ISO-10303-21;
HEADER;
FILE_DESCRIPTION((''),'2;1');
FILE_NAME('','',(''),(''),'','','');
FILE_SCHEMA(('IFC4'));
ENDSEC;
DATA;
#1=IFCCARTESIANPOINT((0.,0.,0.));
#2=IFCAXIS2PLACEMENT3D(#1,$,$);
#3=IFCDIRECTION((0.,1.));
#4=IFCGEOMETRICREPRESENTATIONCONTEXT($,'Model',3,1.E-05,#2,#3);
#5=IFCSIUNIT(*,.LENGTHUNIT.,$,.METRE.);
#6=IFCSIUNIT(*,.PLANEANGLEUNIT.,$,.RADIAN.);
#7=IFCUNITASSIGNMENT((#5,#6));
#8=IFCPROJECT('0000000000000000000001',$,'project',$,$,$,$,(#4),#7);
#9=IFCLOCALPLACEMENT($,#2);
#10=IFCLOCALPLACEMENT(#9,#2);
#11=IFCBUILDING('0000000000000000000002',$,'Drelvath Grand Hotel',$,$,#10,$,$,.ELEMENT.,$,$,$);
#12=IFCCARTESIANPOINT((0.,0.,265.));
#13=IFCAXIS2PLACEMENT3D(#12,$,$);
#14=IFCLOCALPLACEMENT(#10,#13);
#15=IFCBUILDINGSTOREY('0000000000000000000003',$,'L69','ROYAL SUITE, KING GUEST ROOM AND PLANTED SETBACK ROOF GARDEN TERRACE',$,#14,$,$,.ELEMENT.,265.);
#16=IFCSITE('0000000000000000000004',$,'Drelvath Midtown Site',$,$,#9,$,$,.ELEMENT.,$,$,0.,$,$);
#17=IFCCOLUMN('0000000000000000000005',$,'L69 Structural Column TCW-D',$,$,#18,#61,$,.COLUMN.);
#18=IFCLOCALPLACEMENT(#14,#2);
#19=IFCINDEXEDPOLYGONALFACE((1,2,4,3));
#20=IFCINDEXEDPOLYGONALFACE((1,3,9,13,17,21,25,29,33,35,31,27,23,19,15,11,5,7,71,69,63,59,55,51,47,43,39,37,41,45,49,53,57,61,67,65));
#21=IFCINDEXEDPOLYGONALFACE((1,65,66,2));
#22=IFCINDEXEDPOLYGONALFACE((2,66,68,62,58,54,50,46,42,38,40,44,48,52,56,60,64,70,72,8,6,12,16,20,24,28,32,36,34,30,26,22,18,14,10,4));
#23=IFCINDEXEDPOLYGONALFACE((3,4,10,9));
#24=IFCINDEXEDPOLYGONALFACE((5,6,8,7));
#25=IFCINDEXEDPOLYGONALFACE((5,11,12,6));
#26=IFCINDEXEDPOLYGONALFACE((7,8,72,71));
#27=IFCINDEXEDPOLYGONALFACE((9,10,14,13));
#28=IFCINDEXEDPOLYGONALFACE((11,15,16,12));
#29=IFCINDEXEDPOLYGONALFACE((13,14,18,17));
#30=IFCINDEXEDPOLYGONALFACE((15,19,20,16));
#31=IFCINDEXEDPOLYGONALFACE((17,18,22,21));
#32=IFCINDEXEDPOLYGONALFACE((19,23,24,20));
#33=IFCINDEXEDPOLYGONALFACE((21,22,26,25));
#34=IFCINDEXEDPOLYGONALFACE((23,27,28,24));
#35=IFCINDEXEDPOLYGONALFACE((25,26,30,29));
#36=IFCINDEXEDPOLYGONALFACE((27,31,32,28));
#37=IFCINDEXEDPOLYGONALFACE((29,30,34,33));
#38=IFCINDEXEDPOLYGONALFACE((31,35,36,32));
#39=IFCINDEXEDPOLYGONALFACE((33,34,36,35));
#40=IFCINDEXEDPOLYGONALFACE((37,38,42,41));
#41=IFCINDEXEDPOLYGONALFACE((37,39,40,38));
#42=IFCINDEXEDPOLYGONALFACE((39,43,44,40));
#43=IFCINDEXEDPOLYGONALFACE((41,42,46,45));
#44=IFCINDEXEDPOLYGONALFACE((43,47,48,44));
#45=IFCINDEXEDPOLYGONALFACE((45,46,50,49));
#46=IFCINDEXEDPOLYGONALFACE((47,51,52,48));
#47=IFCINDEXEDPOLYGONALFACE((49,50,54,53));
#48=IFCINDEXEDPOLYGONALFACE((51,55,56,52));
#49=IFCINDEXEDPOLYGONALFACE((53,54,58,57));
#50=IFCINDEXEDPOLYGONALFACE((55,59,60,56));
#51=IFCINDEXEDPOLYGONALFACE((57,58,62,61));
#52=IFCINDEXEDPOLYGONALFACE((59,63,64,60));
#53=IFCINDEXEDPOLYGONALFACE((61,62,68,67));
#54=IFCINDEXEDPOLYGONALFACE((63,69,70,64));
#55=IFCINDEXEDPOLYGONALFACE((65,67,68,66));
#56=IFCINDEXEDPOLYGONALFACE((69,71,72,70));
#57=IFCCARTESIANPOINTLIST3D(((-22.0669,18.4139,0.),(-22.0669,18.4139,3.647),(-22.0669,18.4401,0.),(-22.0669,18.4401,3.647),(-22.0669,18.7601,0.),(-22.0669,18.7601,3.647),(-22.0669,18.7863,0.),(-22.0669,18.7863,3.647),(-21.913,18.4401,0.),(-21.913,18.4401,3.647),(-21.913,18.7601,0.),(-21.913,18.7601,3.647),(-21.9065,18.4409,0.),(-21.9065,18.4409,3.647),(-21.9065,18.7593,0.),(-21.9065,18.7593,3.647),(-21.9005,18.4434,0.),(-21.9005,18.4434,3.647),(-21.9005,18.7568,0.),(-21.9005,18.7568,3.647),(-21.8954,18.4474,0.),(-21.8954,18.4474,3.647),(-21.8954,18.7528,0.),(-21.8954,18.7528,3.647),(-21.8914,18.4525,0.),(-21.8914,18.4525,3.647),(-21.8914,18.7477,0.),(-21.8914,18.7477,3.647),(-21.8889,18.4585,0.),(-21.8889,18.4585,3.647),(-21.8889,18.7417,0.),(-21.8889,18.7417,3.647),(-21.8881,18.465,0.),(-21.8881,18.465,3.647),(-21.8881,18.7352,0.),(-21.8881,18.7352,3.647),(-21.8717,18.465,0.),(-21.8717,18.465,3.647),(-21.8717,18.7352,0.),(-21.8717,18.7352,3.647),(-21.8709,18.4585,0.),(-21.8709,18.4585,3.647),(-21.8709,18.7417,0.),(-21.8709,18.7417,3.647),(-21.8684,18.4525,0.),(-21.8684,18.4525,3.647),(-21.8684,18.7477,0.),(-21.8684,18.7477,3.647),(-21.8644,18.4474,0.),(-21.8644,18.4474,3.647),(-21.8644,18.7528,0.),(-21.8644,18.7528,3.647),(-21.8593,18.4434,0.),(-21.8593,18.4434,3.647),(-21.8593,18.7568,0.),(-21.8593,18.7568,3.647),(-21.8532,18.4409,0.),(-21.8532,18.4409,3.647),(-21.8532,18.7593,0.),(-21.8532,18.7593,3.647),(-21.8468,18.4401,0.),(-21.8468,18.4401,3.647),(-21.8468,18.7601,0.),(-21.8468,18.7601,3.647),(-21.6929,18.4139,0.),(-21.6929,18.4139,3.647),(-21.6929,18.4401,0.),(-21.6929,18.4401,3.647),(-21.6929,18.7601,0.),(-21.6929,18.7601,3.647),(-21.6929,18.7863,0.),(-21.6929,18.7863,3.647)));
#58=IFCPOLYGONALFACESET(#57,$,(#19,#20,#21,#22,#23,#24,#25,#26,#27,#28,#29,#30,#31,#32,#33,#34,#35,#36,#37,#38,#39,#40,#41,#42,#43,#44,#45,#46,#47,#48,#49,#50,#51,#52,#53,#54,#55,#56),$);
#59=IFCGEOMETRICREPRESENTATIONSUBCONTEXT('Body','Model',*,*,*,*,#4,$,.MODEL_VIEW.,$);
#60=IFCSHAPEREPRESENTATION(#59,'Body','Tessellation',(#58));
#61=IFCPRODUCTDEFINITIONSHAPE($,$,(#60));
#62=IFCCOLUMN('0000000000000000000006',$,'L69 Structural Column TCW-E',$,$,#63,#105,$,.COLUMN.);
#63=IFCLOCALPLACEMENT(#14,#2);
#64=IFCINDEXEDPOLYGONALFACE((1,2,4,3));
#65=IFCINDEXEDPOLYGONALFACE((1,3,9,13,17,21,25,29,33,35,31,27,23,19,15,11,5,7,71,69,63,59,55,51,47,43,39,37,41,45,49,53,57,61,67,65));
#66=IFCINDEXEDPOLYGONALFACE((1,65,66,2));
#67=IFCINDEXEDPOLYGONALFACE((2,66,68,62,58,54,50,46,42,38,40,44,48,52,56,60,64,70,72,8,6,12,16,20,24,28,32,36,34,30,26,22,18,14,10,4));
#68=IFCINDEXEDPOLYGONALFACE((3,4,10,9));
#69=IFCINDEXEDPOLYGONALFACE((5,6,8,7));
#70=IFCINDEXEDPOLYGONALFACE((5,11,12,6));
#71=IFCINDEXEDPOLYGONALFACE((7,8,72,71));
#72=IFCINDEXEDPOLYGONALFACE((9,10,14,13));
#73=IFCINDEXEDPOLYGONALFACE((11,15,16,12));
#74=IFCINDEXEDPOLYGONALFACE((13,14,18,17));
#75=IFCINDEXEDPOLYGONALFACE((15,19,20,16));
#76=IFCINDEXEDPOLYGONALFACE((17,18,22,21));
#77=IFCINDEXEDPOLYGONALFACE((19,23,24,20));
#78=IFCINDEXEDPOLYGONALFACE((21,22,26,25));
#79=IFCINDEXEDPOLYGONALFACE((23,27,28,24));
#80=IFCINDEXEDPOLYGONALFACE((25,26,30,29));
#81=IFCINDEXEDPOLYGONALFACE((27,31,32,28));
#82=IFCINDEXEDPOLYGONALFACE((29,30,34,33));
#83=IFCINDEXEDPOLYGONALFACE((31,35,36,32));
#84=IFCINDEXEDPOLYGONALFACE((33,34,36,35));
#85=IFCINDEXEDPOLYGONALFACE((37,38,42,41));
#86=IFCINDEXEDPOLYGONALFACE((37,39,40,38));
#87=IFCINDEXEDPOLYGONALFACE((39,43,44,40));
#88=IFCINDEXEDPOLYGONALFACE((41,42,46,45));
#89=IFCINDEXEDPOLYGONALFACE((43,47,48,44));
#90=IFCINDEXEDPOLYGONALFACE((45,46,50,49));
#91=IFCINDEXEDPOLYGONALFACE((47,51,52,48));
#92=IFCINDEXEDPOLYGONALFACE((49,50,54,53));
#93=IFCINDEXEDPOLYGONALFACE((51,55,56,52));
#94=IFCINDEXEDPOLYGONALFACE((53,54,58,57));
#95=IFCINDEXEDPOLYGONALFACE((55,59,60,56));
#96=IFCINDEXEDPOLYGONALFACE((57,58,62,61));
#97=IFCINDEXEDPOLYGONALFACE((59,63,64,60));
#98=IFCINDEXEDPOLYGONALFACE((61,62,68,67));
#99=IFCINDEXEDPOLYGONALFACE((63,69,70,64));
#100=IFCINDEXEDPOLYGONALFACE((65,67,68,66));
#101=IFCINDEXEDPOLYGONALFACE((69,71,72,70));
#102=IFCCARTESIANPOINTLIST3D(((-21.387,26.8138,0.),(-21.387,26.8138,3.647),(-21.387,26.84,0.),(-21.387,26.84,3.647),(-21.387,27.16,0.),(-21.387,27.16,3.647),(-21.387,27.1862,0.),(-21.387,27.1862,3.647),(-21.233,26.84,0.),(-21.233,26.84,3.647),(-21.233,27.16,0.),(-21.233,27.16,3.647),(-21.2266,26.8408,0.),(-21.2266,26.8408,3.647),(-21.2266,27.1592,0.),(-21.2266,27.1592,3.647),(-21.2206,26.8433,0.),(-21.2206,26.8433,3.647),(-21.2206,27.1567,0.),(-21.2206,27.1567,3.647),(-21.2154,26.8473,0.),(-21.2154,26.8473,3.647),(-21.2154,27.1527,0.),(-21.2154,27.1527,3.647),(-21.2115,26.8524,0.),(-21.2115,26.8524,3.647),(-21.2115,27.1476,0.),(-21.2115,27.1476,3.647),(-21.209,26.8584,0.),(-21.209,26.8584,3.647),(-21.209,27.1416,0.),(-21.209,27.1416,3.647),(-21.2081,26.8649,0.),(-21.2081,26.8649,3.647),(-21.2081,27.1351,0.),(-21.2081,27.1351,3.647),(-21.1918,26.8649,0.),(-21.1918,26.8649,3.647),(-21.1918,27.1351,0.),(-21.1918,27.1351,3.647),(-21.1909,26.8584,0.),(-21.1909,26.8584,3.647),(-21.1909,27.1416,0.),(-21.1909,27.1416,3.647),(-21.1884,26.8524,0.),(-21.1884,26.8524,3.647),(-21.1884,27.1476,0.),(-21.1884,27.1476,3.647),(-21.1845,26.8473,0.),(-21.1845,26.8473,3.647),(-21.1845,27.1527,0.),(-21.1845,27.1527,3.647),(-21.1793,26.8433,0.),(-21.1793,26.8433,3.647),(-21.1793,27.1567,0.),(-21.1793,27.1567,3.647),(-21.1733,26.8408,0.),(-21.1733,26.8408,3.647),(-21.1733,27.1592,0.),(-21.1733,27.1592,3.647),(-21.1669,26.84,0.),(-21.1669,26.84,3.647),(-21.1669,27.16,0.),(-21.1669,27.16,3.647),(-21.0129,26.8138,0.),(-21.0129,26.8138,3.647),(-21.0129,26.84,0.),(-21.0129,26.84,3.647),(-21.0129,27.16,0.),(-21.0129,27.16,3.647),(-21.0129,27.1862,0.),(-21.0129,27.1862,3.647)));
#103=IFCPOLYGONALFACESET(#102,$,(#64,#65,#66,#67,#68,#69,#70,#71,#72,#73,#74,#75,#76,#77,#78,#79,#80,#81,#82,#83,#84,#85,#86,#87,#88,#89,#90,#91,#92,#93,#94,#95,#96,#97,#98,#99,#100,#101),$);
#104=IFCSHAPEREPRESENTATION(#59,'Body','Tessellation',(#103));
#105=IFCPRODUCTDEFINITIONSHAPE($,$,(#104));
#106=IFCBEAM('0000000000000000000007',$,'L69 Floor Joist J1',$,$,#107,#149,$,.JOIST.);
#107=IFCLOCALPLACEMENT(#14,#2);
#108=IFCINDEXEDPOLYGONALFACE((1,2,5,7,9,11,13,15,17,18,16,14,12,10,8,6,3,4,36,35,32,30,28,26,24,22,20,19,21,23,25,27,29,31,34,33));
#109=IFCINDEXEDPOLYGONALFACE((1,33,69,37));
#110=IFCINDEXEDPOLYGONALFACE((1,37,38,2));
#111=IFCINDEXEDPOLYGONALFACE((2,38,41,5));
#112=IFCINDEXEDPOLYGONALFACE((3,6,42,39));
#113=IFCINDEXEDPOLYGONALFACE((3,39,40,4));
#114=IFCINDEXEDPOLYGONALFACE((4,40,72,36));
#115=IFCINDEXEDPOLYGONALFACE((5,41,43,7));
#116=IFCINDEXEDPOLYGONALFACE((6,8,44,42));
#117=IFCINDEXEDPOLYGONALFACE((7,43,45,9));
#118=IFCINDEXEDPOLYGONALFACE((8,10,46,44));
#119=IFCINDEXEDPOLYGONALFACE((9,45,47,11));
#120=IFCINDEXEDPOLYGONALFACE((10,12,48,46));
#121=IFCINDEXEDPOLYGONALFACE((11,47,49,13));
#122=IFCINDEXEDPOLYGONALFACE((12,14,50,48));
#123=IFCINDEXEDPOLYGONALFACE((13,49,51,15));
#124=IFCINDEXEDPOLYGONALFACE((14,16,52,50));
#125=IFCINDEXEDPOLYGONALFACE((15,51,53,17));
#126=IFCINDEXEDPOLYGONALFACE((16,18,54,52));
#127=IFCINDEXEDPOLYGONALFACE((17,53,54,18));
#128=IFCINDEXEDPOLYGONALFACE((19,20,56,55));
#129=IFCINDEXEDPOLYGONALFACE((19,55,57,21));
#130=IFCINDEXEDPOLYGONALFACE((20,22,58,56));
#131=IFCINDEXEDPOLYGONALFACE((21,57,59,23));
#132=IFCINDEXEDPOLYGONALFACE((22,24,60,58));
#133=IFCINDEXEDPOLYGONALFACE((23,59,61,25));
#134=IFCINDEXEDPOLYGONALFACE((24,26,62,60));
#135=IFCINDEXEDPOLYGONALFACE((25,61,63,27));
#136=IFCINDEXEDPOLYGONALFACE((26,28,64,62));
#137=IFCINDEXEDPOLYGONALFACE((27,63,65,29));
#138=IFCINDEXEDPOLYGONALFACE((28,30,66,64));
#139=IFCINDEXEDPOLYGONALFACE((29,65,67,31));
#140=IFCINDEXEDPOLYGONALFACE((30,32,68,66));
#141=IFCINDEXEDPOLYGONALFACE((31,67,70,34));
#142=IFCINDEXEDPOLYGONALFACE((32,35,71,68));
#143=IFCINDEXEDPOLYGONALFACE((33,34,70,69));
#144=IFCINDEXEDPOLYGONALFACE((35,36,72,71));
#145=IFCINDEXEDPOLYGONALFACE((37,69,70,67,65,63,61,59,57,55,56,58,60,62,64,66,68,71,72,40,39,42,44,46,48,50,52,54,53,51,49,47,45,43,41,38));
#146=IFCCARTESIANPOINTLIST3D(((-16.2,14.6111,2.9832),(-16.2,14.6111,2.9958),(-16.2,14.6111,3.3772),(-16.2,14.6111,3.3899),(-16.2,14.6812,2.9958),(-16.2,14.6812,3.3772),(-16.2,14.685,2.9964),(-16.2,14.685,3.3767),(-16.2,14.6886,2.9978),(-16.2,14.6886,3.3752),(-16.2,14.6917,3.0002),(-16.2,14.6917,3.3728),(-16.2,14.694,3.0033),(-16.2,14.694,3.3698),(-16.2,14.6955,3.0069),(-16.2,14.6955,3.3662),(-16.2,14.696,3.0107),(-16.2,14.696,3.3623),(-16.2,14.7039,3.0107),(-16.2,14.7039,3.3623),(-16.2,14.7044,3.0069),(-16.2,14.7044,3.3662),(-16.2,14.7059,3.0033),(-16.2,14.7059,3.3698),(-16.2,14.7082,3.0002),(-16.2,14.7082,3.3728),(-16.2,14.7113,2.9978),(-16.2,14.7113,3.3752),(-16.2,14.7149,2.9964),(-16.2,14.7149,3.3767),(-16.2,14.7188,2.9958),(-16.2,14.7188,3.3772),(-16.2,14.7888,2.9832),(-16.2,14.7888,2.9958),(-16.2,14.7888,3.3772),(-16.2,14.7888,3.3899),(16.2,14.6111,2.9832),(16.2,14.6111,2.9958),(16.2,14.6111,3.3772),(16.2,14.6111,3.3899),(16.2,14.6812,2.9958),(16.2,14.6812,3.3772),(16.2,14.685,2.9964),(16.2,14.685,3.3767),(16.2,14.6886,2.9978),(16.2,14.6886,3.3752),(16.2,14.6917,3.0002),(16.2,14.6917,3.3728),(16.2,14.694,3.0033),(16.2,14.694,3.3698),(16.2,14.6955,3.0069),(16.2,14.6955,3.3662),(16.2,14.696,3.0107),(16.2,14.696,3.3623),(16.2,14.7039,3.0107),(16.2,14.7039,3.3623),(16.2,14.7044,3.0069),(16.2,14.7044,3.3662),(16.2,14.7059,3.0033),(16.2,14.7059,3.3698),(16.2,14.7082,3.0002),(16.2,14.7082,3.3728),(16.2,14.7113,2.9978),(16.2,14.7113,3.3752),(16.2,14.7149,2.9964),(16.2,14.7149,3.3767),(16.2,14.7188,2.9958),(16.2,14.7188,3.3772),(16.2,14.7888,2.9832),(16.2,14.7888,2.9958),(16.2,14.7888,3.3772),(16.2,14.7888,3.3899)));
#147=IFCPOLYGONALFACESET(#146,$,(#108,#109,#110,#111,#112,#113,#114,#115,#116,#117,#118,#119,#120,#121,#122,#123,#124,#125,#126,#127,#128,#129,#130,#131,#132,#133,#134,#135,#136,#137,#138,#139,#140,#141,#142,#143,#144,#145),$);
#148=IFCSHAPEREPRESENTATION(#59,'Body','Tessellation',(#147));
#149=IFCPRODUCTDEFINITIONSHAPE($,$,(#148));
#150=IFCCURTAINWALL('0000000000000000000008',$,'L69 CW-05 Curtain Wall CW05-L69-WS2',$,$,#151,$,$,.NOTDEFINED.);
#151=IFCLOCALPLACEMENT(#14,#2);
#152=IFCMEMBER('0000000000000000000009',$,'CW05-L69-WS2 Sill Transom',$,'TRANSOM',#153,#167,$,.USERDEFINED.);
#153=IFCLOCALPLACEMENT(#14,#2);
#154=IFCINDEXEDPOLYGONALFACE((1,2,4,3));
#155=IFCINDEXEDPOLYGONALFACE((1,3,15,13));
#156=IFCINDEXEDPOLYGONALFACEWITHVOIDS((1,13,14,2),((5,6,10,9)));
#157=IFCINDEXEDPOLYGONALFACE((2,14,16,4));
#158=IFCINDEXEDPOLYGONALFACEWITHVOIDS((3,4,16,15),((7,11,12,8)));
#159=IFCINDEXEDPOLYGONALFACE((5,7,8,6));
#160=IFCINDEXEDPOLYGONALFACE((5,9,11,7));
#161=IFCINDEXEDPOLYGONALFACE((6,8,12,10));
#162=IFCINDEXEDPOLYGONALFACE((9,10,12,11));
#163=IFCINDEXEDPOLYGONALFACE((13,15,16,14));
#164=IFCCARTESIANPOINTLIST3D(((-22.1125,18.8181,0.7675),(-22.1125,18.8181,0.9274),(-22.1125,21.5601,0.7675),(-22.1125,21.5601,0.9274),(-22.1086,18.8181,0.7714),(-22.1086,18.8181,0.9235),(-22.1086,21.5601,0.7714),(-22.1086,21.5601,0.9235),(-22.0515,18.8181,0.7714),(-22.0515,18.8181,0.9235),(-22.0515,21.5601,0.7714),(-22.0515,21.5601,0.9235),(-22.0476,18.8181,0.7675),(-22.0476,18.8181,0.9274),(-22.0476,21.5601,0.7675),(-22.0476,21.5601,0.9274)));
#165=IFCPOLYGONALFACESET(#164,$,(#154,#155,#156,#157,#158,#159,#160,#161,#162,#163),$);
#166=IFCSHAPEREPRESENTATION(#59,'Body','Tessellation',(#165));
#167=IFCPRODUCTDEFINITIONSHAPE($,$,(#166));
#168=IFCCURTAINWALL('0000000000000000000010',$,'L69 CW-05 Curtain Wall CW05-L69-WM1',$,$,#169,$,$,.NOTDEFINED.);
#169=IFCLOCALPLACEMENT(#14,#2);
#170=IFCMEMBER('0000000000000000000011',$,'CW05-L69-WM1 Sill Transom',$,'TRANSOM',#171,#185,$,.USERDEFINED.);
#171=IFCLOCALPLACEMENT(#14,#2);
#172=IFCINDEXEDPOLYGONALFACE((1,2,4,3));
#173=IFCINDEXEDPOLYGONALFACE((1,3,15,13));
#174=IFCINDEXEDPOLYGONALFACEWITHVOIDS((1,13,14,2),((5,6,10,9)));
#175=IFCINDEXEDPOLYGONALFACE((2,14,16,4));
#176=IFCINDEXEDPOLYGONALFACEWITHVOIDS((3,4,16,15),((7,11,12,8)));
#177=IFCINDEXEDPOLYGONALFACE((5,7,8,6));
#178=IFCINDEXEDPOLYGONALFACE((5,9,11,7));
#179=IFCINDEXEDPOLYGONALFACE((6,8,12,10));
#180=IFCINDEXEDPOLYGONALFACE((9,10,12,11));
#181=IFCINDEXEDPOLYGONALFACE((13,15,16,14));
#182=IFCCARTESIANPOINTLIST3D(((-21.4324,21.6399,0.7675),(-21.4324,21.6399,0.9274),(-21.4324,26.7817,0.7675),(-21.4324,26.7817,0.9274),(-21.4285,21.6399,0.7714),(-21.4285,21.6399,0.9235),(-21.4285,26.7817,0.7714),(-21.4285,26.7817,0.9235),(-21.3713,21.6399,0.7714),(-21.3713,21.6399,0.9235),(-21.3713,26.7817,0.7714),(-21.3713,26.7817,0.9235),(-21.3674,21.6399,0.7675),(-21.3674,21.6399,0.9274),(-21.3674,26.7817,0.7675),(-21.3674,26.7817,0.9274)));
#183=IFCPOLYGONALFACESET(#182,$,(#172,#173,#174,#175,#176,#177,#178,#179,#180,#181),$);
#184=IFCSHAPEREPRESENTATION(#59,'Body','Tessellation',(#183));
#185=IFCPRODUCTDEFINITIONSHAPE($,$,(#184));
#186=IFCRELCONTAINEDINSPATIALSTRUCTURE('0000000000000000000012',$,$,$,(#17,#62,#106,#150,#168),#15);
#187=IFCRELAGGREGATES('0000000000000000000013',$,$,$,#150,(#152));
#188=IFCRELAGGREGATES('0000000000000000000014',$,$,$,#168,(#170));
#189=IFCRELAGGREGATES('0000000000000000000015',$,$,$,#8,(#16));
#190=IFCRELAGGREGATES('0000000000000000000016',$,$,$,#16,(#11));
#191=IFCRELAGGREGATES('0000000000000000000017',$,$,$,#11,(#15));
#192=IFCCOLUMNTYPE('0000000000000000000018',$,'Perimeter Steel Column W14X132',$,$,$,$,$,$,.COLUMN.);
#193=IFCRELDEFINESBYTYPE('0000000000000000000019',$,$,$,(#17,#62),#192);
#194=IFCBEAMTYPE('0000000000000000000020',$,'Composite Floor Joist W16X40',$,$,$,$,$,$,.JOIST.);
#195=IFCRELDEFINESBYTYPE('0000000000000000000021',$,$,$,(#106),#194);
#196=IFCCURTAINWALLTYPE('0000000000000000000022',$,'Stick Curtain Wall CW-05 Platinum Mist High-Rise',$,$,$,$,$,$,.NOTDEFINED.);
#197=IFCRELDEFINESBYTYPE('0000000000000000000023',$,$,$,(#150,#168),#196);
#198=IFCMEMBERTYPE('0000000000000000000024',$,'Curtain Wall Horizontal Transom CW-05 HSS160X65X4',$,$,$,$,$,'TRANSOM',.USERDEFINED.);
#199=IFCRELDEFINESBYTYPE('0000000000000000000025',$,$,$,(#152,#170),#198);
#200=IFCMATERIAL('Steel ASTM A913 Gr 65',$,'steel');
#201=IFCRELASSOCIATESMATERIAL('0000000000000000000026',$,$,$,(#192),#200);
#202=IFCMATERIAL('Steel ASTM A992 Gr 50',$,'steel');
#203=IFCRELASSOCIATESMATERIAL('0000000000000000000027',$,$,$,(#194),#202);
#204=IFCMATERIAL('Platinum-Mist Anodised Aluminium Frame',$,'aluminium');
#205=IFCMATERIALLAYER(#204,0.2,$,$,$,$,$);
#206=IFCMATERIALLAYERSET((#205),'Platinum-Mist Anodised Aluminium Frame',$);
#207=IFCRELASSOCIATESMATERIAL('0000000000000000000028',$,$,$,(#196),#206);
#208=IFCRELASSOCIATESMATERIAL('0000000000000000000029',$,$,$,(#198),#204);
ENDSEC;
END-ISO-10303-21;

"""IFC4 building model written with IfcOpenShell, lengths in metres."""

from ifc_helpers import new_model, si_unit, direction, frame, origin, origin_2d, place, context, subcontext, project, spatial, hollow_rectangle, i_section, extrude, material, layer, layer_set, material_profile, profile_set, type_object, element, aggregate, save


model = new_model("IFC4")

# Units and contexts
model_context = context("Model", 3, precision=1e-05, world=origin(), true_north=direction((0.0, 1.0)))
body_context = subcontext(model_context, "Body", "Model", "MODEL_VIEW")
ifc_project = project(units=[si_unit("LENGTHUNIT", "METRE"), si_unit("PLANEANGLEUNIT", "RADIAN")], contexts=[model_context])

# Site, building, storey
site_placement = place(None, origin())
site = spatial("IfcSite", under=ifc_project, at=site_placement, Name="Drelvath Midtown Site", CompositionType="ELEMENT", RefElevation=0.0)
building_placement = place(site_placement, origin())
building = spatial("IfcBuilding", under=site, at=building_placement, Name="Drelvath Grand Hotel", CompositionType="ELEMENT")
storey_placement = place(building_placement, frame((0.0, 0.0, 265.0)))
storey = spatial("IfcBuildingStorey", under=building, at=storey_placement, Name="L69", Description="ROYAL SUITE, KING GUEST ROOM AND PLANTED SETBACK ROOF GARDEN TERRACE", CompositionType="ELEMENT", Elevation=265.0)

# Columns
ifc_material_1 = material(Name="Steel ASTM A913 Gr 65", Category="steel")
ifc_material_profile_1 = material_profile(ifc_material_1, i_section(OverallWidth=0.374, OverallDepth=0.3723, WebThickness=0.0164, FlangeThickness=0.0261, FilletRadius=0.0249, at=origin_2d()), Name="W14X132")
ifc_profile_set_1 = profile_set([ifc_material_profile_1], Name="Steel ASTM A913 Gr 65")
column_type = type_object("IfcColumnType", Name="Perimeter Steel Column W14X132", PredefinedType="COLUMN", material=ifc_profile_set_1)
for number, where, z_axis, x_axis, name in (
    (1, (-21.8799, 18.6001, 0.0), (0.0, 0.0, 1.0), (1.0, 0.0, 0.0), "L69 Structural Column TCW-D"),
    (2, (-21.2, 27.0, 0.0), (0.0, 0.0, 1.0), (1.0, 0.0, 0.0), "L69 Structural Column TCW-E"),
):
    element("IfcColumn", number, at=place(storey_placement, frame(where, z_axis=z_axis, x_axis=x_axis)), inside=storey, type_object=column_type, Name=name, PredefinedType="COLUMN", context=body_context, shape_type="SweptSolid", body=[
        extrude(i_section(OverallWidth=0.374, OverallDepth=0.3723, WebThickness=0.0164, FlangeThickness=0.0261, FilletRadius=0.0249, at=origin_2d()), origin(), (0.0, 0.0, 1.0), 3.647),
    ])

# Beam
ifc_material_2 = material(Name="Steel ASTM A992 Gr 50", Category="steel")
ifc_material_profile_2 = material_profile(ifc_material_2, i_section(OverallWidth=0.1777, OverallDepth=0.4067, WebThickness=0.0078, FlangeThickness=0.0127, FilletRadius=0.0149, at=origin_2d()), Name="W16X40")
ifc_profile_set_2 = profile_set([ifc_material_profile_2], Name="Steel ASTM A992 Gr 50")
beam_type_1 = type_object("IfcBeamType", Name="Composite Floor Joist W16X40", PredefinedType="JOIST", material=ifc_profile_set_2)
beam_1_placement = place(storey_placement, frame((-16.2, 14.7, 3.1865), z_axis=(1.0, 0.0, 0.0), x_axis=(0.0, 1.0, 0.0)))
element("IfcBeam", 3, at=beam_1_placement, inside=storey, type_object=beam_type_1, Name="L69 Floor Joist J1", PredefinedType="JOIST", context=body_context, shape_type="SweptSolid", body=[
    extrude(i_section(OverallWidth=0.1777, OverallDepth=0.4067, WebThickness=0.0078, FlangeThickness=0.0127, FilletRadius=0.0149, at=origin_2d()), origin(), (0.0, 0.0, 1.0), 32.3999),
])

# Curtain walls, members
ifc_material_3 = material(Name="Platinum-Mist Anodised Aluminium Frame", Category="aluminium")
ifc_layer_1 = layer(ifc_material_3, 0.2)
ifc_layer_set_1 = layer_set([ifc_layer_1], Name="Platinum-Mist Anodised Aluminium Frame")
curtain_wall_type = type_object("IfcCurtainWallType", Name="Stick Curtain Wall CW-05 Platinum Mist High-Rise", PredefinedType="NOTDEFINED", material=ifc_layer_set_1)
curtain_wall_1_placement = place(storey_placement, origin())
curtain_wall_1 = element("IfcCurtainWall", 4, at=curtain_wall_1_placement, inside=storey, type_object=curtain_wall_type, Name="L69 CW-05 Curtain Wall CW05-L69-WS2", PredefinedType="NOTDEFINED")
ifc_material_profile_3 = material_profile(ifc_material_3, hollow_rectangle(XDim=0.0649, YDim=0.1599, WallThickness=0.0039, at=origin_2d()), Name="HSS160X65X4")
ifc_profile_set_3 = profile_set([ifc_material_profile_3], Name="Platinum-Mist Anodised Aluminium Frame")
member_type_1 = type_object("IfcMemberType", Name="Curtain Wall Horizontal Transom CW-05 HSS160X65X4", ElementType="TRANSOM", PredefinedType="USERDEFINED", material=ifc_profile_set_3)
member_1_placement = place(storey_placement, frame((-22.0801, 18.8181, 0.8474), z_axis=(0.0, 1.0, 0.0), x_axis=(-1.0, 0.0, 0.0)))
member_1 = element("IfcMember", 5, at=member_1_placement, type_object=member_type_1, Name="CW05-L69-WS2 Sill Transom", ObjectType="TRANSOM", PredefinedType="USERDEFINED", context=body_context, shape_type="SweptSolid", body=[
    extrude(hollow_rectangle(XDim=0.0649, YDim=0.1599, WallThickness=0.0039, at=origin_2d()), origin(), (0.0, 0.0, 1.0), 2.7419),
])
curtain_wall_2_placement = place(storey_placement, origin())
curtain_wall_2 = element("IfcCurtainWall", 6, at=curtain_wall_2_placement, inside=storey, type_object=curtain_wall_type, Name="L69 CW-05 Curtain Wall CW05-L69-WM1", PredefinedType="NOTDEFINED")
member_2_placement = place(storey_placement, frame((-21.3999, 21.6399, 0.8474), z_axis=(0.0, 1.0, 0.0), x_axis=(-1.0, 0.0, 0.0)))
member_2 = element("IfcMember", 7, at=member_2_placement, type_object=member_type_1, Name="CW05-L69-WM1 Sill Transom", ObjectType="TRANSOM", PredefinedType="USERDEFINED", context=body_context, shape_type="SweptSolid", body=[
    extrude(hollow_rectangle(XDim=0.0649, YDim=0.1599, WallThickness=0.0039, at=origin_2d()), origin(), (0.0, 0.0, 1.0), 5.1418),
])

aggregate(curtain_wall_1, [member_1])
aggregate(curtain_wall_2, [member_2])

save(model, "model.ifc")
